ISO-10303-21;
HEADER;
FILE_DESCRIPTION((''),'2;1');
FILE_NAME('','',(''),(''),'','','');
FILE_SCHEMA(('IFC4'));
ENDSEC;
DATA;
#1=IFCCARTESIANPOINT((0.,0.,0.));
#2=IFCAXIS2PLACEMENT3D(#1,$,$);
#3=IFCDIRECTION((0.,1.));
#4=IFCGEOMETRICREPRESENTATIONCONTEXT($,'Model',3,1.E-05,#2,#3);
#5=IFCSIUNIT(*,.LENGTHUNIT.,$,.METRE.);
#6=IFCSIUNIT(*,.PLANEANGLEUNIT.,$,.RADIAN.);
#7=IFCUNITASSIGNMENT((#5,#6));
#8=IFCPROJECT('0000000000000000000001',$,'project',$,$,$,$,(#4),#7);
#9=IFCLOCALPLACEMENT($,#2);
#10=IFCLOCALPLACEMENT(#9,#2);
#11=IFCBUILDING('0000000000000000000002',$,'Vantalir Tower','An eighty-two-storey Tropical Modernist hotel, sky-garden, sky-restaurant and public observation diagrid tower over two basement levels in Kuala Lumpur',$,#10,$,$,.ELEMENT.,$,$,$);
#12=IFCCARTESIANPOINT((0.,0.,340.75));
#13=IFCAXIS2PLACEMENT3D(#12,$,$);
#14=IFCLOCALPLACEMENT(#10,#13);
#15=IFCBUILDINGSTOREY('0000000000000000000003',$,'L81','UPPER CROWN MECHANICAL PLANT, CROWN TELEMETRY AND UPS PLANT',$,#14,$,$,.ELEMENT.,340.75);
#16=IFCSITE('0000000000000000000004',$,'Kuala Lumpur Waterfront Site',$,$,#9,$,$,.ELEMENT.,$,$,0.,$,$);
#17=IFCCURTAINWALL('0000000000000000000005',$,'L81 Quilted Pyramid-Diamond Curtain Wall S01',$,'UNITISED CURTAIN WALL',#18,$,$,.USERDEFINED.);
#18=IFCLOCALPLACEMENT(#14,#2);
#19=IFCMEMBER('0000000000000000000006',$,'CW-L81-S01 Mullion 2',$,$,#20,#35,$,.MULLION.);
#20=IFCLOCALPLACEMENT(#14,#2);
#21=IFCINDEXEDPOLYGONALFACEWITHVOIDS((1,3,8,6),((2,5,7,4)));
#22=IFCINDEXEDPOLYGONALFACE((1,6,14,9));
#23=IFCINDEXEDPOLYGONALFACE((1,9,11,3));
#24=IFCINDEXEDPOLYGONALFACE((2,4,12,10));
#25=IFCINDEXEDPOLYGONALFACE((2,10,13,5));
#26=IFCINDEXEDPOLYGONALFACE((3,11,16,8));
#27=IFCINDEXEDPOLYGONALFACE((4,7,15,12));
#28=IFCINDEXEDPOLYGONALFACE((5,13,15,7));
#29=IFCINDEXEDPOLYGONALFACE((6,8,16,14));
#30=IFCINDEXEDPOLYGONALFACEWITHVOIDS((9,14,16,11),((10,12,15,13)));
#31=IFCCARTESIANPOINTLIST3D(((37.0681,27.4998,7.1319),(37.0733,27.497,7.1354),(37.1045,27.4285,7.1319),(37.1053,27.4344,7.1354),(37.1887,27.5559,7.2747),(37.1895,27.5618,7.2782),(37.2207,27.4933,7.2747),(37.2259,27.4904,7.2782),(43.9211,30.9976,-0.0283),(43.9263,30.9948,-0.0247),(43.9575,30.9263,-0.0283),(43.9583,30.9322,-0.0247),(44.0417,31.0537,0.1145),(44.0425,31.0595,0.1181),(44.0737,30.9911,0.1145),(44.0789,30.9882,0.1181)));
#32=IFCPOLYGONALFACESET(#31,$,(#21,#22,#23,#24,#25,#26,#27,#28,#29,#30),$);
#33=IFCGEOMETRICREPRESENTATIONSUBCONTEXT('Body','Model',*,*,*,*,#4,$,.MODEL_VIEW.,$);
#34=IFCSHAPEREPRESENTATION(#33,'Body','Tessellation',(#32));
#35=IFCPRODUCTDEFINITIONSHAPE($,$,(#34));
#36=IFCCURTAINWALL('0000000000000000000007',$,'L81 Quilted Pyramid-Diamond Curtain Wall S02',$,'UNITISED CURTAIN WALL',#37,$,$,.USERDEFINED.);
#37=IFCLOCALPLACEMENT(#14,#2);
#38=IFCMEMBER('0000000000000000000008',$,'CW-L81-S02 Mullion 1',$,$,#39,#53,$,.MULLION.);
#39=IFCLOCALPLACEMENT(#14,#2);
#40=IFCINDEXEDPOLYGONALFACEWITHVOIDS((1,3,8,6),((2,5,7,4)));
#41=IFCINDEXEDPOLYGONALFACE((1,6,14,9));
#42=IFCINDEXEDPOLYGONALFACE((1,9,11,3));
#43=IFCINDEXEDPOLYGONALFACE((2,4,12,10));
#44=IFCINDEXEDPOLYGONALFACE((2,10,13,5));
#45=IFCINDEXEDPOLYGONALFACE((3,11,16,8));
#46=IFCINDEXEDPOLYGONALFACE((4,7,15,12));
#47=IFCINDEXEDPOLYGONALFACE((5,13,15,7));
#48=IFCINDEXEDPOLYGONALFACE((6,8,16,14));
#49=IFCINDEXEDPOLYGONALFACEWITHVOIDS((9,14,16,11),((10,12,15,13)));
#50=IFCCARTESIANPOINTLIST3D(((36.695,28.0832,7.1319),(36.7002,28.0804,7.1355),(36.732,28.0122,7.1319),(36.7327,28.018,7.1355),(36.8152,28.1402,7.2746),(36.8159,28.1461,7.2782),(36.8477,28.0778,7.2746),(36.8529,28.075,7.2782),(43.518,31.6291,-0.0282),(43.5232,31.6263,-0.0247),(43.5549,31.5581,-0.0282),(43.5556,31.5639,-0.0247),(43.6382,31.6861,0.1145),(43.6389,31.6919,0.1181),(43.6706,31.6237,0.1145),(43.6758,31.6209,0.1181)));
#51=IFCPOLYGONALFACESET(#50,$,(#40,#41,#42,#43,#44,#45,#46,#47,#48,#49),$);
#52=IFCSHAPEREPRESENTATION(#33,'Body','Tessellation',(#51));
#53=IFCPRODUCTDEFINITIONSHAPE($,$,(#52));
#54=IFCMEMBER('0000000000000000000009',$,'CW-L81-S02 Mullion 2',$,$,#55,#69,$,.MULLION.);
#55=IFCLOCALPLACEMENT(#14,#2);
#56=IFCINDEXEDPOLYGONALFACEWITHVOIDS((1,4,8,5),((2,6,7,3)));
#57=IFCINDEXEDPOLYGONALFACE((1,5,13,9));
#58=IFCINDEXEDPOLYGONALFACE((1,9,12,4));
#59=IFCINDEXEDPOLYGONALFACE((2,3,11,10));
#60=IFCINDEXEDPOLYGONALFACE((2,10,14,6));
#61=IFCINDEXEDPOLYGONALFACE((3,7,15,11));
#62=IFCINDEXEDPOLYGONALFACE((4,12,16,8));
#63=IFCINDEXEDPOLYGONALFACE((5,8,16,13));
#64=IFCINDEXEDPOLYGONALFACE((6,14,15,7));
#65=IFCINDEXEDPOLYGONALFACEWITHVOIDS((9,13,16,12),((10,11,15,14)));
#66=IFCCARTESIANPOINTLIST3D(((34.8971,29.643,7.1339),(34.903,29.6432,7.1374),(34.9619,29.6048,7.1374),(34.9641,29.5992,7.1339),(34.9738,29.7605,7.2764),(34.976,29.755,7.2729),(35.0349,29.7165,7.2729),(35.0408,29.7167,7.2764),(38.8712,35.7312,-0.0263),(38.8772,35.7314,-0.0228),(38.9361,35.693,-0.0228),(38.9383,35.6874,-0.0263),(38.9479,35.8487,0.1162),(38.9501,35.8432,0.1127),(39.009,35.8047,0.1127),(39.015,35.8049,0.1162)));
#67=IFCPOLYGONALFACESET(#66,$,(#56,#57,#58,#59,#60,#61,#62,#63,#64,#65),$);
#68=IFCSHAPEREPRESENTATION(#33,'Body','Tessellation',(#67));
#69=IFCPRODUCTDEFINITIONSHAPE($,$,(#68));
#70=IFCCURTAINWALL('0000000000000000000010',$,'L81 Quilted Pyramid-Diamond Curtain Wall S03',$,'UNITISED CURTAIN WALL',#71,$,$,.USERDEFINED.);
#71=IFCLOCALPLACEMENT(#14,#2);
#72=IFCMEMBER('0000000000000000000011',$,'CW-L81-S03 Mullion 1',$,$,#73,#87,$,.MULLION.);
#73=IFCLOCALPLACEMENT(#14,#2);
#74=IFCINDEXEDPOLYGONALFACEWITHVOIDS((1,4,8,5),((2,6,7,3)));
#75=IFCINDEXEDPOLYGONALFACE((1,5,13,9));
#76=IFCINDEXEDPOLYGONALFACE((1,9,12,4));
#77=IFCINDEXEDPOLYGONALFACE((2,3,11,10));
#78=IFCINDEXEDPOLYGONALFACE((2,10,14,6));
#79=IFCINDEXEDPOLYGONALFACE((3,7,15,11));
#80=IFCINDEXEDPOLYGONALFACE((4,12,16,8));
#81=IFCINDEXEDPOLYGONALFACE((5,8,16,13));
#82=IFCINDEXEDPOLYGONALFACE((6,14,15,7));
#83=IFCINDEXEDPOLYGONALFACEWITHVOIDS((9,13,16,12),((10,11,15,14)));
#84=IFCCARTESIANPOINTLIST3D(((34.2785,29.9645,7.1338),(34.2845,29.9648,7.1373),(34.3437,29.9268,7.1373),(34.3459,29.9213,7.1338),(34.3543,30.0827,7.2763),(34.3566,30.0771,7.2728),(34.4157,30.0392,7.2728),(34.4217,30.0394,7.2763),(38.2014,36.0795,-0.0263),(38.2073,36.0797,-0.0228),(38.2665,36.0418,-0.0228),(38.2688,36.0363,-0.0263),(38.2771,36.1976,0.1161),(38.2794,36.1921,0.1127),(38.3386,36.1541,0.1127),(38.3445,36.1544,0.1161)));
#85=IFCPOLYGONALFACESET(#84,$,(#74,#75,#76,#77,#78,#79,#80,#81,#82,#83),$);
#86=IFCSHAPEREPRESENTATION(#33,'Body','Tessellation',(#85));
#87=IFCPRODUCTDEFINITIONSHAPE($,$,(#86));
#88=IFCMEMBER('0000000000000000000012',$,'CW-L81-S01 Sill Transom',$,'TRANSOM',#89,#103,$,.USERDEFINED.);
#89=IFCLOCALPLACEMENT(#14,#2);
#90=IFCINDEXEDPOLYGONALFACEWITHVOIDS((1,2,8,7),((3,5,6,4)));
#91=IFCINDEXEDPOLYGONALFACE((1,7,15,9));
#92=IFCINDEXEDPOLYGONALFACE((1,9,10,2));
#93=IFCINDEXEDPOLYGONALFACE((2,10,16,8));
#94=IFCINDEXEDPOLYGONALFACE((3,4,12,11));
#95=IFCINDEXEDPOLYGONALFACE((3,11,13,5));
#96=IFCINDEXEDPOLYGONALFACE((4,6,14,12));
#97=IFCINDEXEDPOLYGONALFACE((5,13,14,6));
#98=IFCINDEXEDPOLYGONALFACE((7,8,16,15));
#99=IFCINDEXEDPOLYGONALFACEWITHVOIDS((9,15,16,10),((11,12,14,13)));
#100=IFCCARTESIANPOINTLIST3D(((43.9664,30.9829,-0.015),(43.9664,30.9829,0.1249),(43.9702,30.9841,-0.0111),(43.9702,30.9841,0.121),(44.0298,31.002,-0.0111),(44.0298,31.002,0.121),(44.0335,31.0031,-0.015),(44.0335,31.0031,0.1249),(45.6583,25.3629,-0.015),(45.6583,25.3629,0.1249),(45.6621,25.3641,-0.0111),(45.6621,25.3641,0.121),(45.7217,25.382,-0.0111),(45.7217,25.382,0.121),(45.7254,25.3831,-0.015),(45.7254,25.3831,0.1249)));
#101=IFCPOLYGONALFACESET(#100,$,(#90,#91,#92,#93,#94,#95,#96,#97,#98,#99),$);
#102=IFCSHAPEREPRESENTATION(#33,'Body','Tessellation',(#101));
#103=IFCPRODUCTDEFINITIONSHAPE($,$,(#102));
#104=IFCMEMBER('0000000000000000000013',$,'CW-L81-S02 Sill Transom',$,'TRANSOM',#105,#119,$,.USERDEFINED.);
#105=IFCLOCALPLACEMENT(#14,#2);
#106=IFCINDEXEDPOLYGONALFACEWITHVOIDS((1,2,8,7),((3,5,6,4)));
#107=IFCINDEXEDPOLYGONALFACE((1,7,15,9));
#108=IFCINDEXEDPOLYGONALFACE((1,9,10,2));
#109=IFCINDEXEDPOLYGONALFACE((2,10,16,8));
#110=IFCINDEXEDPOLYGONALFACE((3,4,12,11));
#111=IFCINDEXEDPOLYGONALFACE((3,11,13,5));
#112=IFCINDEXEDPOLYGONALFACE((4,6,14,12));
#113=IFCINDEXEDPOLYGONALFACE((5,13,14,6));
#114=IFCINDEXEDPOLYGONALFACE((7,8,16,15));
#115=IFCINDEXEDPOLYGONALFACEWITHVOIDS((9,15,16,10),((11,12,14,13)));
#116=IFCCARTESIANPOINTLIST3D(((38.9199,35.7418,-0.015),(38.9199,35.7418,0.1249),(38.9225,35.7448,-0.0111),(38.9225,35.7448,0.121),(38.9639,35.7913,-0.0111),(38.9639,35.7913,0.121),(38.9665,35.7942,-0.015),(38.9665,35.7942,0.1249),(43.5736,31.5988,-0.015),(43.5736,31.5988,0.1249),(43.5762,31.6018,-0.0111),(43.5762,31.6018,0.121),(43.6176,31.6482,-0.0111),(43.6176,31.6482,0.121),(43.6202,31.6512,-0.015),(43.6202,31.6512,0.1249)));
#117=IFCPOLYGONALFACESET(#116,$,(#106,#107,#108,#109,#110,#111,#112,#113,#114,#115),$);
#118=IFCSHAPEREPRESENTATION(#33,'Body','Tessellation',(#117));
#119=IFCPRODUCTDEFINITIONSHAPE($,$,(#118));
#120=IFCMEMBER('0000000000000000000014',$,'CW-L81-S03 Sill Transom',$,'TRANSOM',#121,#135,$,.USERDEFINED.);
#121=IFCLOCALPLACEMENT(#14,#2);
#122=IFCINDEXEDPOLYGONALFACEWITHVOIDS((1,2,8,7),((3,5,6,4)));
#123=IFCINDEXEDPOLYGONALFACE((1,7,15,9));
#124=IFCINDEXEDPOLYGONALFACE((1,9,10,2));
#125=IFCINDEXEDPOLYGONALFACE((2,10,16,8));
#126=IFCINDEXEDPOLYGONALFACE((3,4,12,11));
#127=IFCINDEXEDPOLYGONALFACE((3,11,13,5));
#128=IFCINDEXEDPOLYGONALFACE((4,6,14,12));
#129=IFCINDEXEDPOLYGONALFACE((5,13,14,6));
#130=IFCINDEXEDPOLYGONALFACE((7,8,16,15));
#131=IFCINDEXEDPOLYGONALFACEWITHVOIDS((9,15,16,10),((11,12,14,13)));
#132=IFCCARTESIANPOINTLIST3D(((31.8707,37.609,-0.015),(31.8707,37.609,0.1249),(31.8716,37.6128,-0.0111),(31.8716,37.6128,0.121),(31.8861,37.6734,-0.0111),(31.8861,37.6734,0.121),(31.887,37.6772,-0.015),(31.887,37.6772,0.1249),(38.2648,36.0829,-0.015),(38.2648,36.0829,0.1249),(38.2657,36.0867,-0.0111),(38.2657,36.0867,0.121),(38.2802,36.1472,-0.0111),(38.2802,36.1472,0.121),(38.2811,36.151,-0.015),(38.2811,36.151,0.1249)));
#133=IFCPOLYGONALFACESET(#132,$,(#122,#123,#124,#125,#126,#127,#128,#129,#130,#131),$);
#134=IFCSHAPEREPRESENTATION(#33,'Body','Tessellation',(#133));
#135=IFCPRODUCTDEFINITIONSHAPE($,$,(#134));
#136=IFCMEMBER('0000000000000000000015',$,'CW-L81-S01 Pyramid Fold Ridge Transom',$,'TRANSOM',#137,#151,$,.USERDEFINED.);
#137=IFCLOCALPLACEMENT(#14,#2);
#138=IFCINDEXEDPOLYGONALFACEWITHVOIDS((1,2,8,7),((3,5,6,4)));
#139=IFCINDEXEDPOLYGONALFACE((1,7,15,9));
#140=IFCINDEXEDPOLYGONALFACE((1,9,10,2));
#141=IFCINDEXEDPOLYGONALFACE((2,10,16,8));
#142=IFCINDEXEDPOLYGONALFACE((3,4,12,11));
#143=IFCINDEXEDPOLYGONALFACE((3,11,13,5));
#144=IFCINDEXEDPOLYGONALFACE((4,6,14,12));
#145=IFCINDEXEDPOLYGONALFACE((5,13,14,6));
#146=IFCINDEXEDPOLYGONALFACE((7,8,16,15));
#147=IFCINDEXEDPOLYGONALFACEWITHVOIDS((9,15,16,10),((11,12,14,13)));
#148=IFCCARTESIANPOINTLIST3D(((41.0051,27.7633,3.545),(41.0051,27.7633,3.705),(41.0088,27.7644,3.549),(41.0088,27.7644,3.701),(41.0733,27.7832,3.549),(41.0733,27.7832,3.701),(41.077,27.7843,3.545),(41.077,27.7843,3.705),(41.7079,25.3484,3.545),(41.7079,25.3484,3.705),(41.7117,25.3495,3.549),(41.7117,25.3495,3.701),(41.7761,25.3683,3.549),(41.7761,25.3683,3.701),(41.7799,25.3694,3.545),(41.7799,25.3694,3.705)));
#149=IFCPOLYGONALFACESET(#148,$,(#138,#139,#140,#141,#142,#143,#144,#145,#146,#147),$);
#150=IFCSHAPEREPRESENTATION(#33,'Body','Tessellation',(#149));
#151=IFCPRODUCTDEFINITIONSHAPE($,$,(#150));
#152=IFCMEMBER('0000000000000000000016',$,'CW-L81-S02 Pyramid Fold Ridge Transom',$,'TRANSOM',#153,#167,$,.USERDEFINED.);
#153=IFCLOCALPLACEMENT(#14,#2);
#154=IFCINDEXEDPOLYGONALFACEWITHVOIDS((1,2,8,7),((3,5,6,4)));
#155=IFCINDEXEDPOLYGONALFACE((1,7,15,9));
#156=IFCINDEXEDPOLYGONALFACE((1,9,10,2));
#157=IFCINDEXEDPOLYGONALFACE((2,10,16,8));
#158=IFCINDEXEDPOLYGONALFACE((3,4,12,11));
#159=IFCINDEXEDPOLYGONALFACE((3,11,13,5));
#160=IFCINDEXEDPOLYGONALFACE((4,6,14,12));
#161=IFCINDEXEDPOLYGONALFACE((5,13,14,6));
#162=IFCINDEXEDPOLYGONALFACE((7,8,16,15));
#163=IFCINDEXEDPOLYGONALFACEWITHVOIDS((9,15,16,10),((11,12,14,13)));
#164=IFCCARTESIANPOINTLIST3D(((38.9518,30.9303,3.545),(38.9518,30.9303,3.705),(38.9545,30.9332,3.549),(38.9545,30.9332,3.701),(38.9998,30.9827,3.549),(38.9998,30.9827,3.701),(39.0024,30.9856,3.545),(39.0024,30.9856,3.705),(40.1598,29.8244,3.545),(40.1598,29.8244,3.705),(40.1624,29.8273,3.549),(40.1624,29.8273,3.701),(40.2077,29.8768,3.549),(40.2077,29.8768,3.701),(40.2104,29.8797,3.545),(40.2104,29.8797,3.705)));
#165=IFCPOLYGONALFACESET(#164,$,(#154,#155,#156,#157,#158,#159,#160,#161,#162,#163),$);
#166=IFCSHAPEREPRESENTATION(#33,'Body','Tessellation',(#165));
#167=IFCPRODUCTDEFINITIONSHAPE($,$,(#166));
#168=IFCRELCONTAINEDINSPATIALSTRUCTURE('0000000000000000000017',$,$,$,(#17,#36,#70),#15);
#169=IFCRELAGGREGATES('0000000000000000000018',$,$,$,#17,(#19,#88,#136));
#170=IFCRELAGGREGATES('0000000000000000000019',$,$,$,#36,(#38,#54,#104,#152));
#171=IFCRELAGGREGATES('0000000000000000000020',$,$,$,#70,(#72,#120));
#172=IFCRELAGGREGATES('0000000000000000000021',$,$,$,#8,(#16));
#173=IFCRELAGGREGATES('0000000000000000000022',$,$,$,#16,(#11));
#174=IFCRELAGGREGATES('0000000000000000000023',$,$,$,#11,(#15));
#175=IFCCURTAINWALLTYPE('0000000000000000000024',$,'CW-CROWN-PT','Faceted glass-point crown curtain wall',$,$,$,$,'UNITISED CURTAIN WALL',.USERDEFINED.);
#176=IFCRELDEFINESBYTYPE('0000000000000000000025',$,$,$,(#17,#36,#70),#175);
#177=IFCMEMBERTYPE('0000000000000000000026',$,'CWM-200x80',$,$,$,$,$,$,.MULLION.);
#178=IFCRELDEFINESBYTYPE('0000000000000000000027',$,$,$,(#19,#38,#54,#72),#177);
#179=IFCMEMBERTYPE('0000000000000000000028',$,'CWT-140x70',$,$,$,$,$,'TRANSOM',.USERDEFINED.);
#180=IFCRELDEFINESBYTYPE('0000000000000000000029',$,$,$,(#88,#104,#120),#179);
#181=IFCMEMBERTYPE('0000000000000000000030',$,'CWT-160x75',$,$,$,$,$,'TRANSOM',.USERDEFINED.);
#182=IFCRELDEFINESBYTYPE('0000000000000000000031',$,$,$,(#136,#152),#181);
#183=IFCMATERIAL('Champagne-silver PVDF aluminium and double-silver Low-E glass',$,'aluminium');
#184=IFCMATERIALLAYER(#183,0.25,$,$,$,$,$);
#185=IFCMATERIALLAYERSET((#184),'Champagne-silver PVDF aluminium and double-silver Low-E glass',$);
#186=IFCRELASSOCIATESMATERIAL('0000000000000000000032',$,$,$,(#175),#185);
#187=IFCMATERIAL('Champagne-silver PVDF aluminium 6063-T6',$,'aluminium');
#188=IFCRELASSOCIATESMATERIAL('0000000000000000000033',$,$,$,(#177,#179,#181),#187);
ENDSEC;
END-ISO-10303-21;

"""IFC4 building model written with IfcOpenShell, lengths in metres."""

from ifc_helpers import new_model, si_unit, direction, frame, origin, origin_2d, place, context, subcontext, project, spatial, hollow_rectangle, extrude, material, layer, layer_set, material_profile, profile_set, type_object, element, aggregate, save


model = new_model("IFC4")

# Units and contexts
model_context = context("Model", 3, precision=1e-05, world=origin(), true_north=direction((0.0, 1.0)))
body_context = subcontext(model_context, "Body", "Model", "MODEL_VIEW")
ifc_project = project(units=[si_unit("LENGTHUNIT", "METRE"), si_unit("PLANEANGLEUNIT", "RADIAN")], contexts=[model_context])

# Site, building, storey
site_placement = place(None, origin())
site = spatial("IfcSite", under=ifc_project, at=site_placement, Name="Kuala Lumpur Waterfront Site", CompositionType="ELEMENT", RefElevation=0.0)
building_placement = place(site_placement, origin())
building = spatial("IfcBuilding", under=site, at=building_placement, Name="Vantalir Tower", Description="An eighty-two-storey Tropical Modernist hotel, sky-garden, sky-restaurant and public observation diagrid tower over two basement levels in Kuala Lumpur", CompositionType="ELEMENT")
storey_placement = place(building_placement, frame((0.0, 0.0, 340.75)))
storey = spatial("IfcBuildingStorey", under=building, at=storey_placement, Name="L81", Description="UPPER CROWN MECHANICAL PLANT, CROWN TELEMETRY AND UPS PLANT", CompositionType="ELEMENT", Elevation=340.75)

# Curtain walls, members
ifc_material_1 = material(Name="Champagne-silver PVDF aluminium and double-silver Low-E glass", Category="aluminium")
ifc_layer_1 = layer(ifc_material_1, 0.25)
ifc_layer_set_1 = layer_set([ifc_layer_1], Name="Champagne-silver PVDF aluminium and double-silver Low-E glass")
curtain_wall_type = type_object("IfcCurtainWallType", Name="CW-CROWN-PT", Description="Faceted glass-point crown curtain wall", ElementType="UNITISED CURTAIN WALL", PredefinedType="USERDEFINED", material=ifc_layer_set_1)
curtain_wall_1_placement = place(storey_placement, origin())
curtain_wall_1 = element("IfcCurtainWall", 1, at=curtain_wall_1_placement, inside=storey, type_object=curtain_wall_type, Name="L81 Quilted Pyramid-Diamond Curtain Wall S01", ObjectType="UNITISED CURTAIN WALL", PredefinedType="USERDEFINED")
ifc_material_2 = material(Name="Champagne-silver PVDF aluminium 6063-T6", Category="aluminium")
ifc_material_profile_1 = material_profile(ifc_material_2, hollow_rectangle(XDim=0.0801, YDim=0.2, WallThickness=0.0049, at=origin_2d()), Name="Champagne-silver PVDF aluminium 6063-T6")
ifc_profile_set_1 = profile_set([ifc_material_profile_1], Name="Champagne-silver PVDF aluminium 6063-T6")
member_type_1 = type_object("IfcMemberType", Name="CWM-200x80", PredefinedType="MULLION", material=ifc_profile_set_1)
member_1_placement = place(storey_placement, frame((44.0, 30.9929, 0.0449), z_axis=(-0.65203, -0.332798, 0.681251), x_axis=(0.454611, -0.89069, 0.0)))
member_1 = element("IfcMember", 2, at=member_1_placement, type_object=member_type_1, Name="CW-L81-S01 Mullion 2", PredefinedType="MULLION", context=body_context, shape_type="SweptSolid", body=[
    extrude(hollow_rectangle(XDim=0.0801, YDim=0.2, WallThickness=0.0049, at=origin_2d()), origin(), (0.0, 0.0, 1.0), 10.5103),
])
curtain_wall_2_placement = place(storey_placement, origin())
curtain_wall_2 = element("IfcCurtainWall", 3, at=curtain_wall_2_placement, inside=storey, type_object=curtain_wall_type, Name="L81 Quilted Pyramid-Diamond Curtain Wall S02", ObjectType="UNITISED CURTAIN WALL", PredefinedType="USERDEFINED")
member_2_placement = place(storey_placement, frame((43.5969, 31.625, 0.0449), z_axis=(-0.649384, -0.337483, 0.681473), x_axis=(0.461142, -0.887326, 0.0)))
member_2 = element("IfcMember", 4, at=member_2_placement, type_object=member_type_1, Name="CW-L81-S02 Mullion 1", PredefinedType="MULLION", context=body_context, shape_type="SweptSolid", body=[
    extrude(hollow_rectangle(XDim=0.0801, YDim=0.2, WallThickness=0.0049, at=origin_2d()), origin(), (0.0, 0.0, 1.0), 10.5068),
])
member_3_placement = place(storey_placement, frame((38.9431, 35.7681, 0.0449), z_axis=(-0.389457, -0.596627, 0.701683), x_axis=(0.837384, -0.546615, 0.0)))
member_3 = element("IfcMember", 5, at=member_3_placement, type_object=member_type_1, Name="CW-L81-S02 Mullion 2", PredefinedType="MULLION", context=body_context, shape_type="SweptSolid", body=[
    extrude(hollow_rectangle(XDim=0.0801, YDim=0.2, WallThickness=0.0049, at=origin_2d()), origin(), (0.0, 0.0, 1.0), 10.2043),
])

# Curtain wall, member
curtain_wall_3_placement = place(storey_placement, origin())
curtain_wall_3 = element("IfcCurtainWall", 6, at=curtain_wall_3_placement, inside=storey, type_object=curtain_wall_type, Name="L81 Quilted Pyramid-Diamond Curtain Wall S03", ObjectType="UNITISED CURTAIN WALL", PredefinedType="USERDEFINED")
member_4_placement = place(storey_placement, frame((38.2729, 36.1169, 0.0449), z_axis=(-0.384575, -0.599481, 0.701943), x_axis=(0.841692, -0.539957, 0.0)))
member_4 = element("IfcMember", 7, at=member_4_placement, type_object=member_type_1, Name="CW-L81-S03 Mullion 1", PredefinedType="MULLION", context=body_context, shape_type="SweptSolid", body=[
    extrude(hollow_rectangle(XDim=0.0801, YDim=0.2, WallThickness=0.0049, at=origin_2d()), origin(), (0.0, 0.0, 1.0), 10.2004),
])

# Members
ifc_material_profile_2 = material_profile(ifc_material_2, hollow_rectangle(XDim=0.0701, YDim=0.1399, WallThickness=0.0039, at=origin_2d()), Name="Champagne-silver PVDF aluminium 6063-T6")
ifc_profile_set_2 = profile_set([ifc_material_profile_2], Name="Champagne-silver PVDF aluminium 6063-T6")
member_type_2 = type_object("IfcMemberType", Name="CWT-140x70", ElementType="TRANSOM", PredefinedType="USERDEFINED", material=ifc_profile_set_2)
member_5_placement = place(storey_placement, frame((45.6919, 25.373, 0.0549), z_axis=(-0.288275, 0.957548, 0.0), x_axis=(-0.957548, -0.288275, 0.0)))
member_5 = element("IfcMember", 8, at=member_5_placement, type_object=member_type_2, Name="CW-L81-S01 Sill Transom", ObjectType="TRANSOM", PredefinedType="USERDEFINED", context=body_context, shape_type="SweptSolid", body=[
    extrude(hollow_rectangle(XDim=0.0701, YDim=0.1399, WallThickness=0.0039, at=origin_2d()), origin(), (0.0, 0.0, 1.0), 5.8691),
])
member_6_placement = place(storey_placement, frame((43.5969, 31.625, 0.0549), z_axis=(-0.746903, 0.664933, 0.0), x_axis=(-0.664933, -0.746903, 0.0)))
member_6 = element("IfcMember", 9, at=member_6_placement, type_object=member_type_2, Name="CW-L81-S02 Sill Transom", ObjectType="TRANSOM", PredefinedType="USERDEFINED", context=body_context, shape_type="SweptSolid", body=[
    extrude(hollow_rectangle(XDim=0.0701, YDim=0.1399, WallThickness=0.0039, at=origin_2d()), origin(), (0.0, 0.0, 1.0), 6.2307),
])
member_7_placement = place(storey_placement, frame((38.2729, 36.1169, 0.0549), z_axis=(-0.972678, 0.232158, 0.0), x_axis=(-0.232158, -0.972678, 0.0)))
member_7 = element("IfcMember", 10, at=member_7_placement, type_object=member_type_2, Name="CW-L81-S03 Sill Transom", ObjectType="TRANSOM", PredefinedType="USERDEFINED", context=body_context, shape_type="SweptSolid", body=[
    extrude(hollow_rectangle(XDim=0.0701, YDim=0.1399, WallThickness=0.0039, at=origin_2d()), origin(), (0.0, 0.0, 1.0), 6.5737),
])
ifc_material_profile_3 = material_profile(ifc_material_2, hollow_rectangle(XDim=0.075, YDim=0.1599, WallThickness=0.0039, at=origin_2d()), Name="Champagne-silver PVDF aluminium 6063-T6")
ifc_profile_set_3 = profile_set([ifc_material_profile_3], Name="Champagne-silver PVDF aluminium 6063-T6")
member_type_3 = type_object("IfcMemberType", Name="CWT-160x75", ElementType="TRANSOM", PredefinedType="USERDEFINED", material=ifc_profile_set_3)
member_8_placement = place(storey_placement, frame((41.7439, 25.3589, 3.625), z_axis=(-0.279448, 0.960161, 0.0), x_axis=(-0.960161, -0.279448, 0.0)))
member_8 = element("IfcMember", 11, at=member_8_placement, type_object=member_type_3, Name="CW-L81-S01 Pyramid Fold Ridge Transom", ObjectType="TRANSOM", PredefinedType="USERDEFINED", context=body_context, shape_type="SweptSolid", body=[
    extrude(hollow_rectangle(XDim=0.075, YDim=0.1599, WallThickness=0.0039, at=origin_2d()), origin(), (0.0, 0.0, 1.0), 2.5151),
])
member_9_placement = place(storey_placement, frame((40.1851, 29.8521, 3.625), z_axis=(-0.737575, 0.675265, 0.0), x_axis=(-0.675265, -0.737575, 0.0)))
member_9 = element("IfcMember", 12, at=member_9_placement, type_object=member_type_3, Name="CW-L81-S02 Pyramid Fold Ridge Transom", ObjectType="TRANSOM", PredefinedType="USERDEFINED", context=body_context, shape_type="SweptSolid", body=[
    extrude(hollow_rectangle(XDim=0.075, YDim=0.1599, WallThickness=0.0039, at=origin_2d()), origin(), (0.0, 0.0, 1.0), 1.6377),
])

aggregate(curtain_wall_1, [member_1, member_5, member_8])
aggregate(curtain_wall_2, [member_2, member_3, member_6, member_9])
aggregate(curtain_wall_3, [member_4, member_7])

save(model, "model.ifc")
